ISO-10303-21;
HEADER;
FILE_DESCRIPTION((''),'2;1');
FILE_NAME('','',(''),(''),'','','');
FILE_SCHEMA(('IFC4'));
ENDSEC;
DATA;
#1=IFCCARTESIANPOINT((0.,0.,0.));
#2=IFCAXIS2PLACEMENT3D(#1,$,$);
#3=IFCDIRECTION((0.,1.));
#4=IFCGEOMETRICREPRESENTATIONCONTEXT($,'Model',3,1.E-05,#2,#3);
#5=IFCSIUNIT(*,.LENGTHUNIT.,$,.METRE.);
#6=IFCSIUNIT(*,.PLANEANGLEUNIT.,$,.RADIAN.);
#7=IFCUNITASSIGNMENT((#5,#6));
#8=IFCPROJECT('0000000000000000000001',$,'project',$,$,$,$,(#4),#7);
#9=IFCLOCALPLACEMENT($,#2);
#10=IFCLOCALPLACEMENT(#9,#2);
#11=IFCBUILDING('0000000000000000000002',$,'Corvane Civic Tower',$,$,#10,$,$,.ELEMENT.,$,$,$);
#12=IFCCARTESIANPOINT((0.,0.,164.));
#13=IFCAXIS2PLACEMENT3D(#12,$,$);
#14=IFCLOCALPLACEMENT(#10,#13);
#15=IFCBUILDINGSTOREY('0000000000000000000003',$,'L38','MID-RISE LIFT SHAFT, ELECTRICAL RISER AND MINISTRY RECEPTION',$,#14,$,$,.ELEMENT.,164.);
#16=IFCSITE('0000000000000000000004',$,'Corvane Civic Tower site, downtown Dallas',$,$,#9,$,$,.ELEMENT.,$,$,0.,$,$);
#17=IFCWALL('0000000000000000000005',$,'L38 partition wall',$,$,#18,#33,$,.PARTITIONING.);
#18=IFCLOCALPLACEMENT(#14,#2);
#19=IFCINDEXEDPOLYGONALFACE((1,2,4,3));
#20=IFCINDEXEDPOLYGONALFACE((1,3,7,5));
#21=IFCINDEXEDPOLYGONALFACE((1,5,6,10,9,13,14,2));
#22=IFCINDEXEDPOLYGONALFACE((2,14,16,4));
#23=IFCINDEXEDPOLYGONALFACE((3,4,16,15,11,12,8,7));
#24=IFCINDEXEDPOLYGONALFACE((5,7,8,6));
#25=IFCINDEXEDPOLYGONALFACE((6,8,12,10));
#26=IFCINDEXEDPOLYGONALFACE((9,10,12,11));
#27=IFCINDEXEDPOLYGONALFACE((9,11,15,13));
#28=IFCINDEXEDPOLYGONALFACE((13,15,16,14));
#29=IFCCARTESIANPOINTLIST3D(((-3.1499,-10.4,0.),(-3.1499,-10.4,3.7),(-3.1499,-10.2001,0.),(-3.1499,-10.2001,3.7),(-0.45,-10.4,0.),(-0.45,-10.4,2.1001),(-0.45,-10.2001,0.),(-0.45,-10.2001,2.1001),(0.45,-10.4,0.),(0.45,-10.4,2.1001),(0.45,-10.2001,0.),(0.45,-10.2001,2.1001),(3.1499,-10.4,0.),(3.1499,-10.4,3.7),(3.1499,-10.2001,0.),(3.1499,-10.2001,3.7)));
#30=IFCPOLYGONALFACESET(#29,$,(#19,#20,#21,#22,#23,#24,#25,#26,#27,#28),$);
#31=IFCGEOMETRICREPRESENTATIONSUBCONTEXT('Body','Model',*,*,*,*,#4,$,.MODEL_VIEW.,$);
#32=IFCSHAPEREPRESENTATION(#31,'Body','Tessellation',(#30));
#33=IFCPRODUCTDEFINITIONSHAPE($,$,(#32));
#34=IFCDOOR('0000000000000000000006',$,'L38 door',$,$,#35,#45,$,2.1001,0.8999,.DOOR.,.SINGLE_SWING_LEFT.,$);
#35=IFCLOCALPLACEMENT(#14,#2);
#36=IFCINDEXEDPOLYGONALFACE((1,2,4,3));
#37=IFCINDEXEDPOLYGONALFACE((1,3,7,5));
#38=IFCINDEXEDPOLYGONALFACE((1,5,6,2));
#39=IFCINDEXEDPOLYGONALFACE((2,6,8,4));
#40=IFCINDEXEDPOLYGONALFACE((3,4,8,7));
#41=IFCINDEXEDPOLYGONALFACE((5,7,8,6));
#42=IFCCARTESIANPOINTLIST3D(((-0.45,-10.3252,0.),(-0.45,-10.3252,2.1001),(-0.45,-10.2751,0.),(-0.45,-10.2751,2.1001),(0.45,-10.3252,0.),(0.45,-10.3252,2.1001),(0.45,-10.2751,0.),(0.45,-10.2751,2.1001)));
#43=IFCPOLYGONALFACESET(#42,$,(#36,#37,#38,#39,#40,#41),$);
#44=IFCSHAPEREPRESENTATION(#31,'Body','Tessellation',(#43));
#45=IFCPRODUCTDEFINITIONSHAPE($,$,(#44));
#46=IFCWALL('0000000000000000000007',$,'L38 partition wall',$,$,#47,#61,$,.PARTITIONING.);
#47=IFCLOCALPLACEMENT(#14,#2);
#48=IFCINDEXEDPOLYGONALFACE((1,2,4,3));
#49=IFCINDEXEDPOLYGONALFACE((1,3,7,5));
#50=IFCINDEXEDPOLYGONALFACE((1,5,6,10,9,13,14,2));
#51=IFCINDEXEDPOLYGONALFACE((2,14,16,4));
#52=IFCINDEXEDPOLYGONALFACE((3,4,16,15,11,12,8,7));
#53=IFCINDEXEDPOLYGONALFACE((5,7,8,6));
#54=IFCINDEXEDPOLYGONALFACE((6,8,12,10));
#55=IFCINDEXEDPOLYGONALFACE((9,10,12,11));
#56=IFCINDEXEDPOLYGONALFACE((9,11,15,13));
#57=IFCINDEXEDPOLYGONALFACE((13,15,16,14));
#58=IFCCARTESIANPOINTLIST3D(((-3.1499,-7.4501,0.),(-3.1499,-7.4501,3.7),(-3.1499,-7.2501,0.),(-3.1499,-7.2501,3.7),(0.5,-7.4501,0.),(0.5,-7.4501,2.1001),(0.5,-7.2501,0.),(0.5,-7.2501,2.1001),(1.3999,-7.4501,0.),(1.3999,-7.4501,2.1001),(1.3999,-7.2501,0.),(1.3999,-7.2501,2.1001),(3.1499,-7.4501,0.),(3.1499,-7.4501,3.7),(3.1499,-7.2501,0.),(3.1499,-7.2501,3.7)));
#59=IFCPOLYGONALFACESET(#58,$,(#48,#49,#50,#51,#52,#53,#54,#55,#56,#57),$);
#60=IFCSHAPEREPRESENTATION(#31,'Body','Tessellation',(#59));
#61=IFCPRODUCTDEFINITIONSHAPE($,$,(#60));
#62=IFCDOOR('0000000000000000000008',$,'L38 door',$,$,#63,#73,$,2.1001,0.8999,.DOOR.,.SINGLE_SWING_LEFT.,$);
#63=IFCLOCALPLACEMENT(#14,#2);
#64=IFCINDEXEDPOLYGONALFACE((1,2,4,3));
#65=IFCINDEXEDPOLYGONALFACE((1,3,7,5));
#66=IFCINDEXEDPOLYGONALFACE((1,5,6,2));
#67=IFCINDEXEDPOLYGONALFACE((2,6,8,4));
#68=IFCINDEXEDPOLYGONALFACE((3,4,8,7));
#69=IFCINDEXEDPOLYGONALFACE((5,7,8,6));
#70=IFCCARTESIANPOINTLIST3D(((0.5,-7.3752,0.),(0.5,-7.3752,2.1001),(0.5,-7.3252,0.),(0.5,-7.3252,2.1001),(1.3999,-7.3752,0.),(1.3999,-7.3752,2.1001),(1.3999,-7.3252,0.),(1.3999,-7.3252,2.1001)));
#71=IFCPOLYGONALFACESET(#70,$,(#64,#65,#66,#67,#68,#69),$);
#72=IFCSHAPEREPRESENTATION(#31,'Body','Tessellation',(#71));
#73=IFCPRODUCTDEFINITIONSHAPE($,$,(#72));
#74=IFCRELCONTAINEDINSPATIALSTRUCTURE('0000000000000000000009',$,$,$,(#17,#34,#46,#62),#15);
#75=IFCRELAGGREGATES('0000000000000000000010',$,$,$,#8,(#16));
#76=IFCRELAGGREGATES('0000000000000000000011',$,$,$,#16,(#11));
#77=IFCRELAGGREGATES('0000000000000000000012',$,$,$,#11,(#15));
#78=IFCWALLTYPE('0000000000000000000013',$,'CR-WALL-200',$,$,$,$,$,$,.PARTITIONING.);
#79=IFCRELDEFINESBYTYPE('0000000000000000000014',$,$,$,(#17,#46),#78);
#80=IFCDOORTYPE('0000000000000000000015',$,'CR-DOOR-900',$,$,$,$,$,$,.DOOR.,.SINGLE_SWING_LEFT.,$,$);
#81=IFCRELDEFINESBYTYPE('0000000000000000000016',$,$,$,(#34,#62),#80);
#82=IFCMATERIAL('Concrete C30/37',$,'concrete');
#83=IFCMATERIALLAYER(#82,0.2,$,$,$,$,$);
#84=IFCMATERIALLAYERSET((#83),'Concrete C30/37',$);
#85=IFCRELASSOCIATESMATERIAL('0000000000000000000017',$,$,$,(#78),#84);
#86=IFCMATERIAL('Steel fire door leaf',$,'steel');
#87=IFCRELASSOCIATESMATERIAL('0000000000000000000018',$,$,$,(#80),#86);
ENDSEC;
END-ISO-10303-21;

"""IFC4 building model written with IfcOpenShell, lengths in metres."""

from ifc_helpers import new_model, si_unit, direction, frame, frame_2d, origin, place, context, subcontext, project, spatial, rectangle, extrude, material, layer, layer_set, type_object, element, fill, save


model = new_model("IFC4")

# Units and contexts
model_context = context("Model", 3, precision=1e-05, world=origin(), true_north=direction((0.0, 1.0)))
body_context = subcontext(model_context, "Body", "Model", "MODEL_VIEW")
ifc_project = project(units=[si_unit("LENGTHUNIT", "METRE"), si_unit("PLANEANGLEUNIT", "RADIAN")], contexts=[model_context])

# Site, building, storey
site_placement = place(None, origin())
site = spatial("IfcSite", under=ifc_project, at=site_placement, Name="Corvane Civic Tower site, downtown Dallas", CompositionType="ELEMENT", RefElevation=0.0)
building_placement = place(site_placement, origin())
building = spatial("IfcBuilding", under=site, at=building_placement, Name="Corvane Civic Tower", CompositionType="ELEMENT")
storey_placement = place(building_placement, frame((0.0, 0.0, 164.0)))
storey = spatial("IfcBuildingStorey", under=building, at=storey_placement, Name="L38", Description="MID-RISE LIFT SHAFT, ELECTRICAL RISER AND MINISTRY RECEPTION", CompositionType="ELEMENT", Elevation=164.0)

# Walls, openings, doors
ifc_material_1 = material(Name="Concrete C30/37", Category="concrete")
ifc_layer_1 = layer(ifc_material_1, 0.2)
ifc_layer_set_1 = layer_set([ifc_layer_1], Name="Concrete C30/37")
wall_type_1 = type_object("IfcWallType", Name="CR-WALL-200", PredefinedType="PARTITIONING", material=ifc_layer_set_1)
wall_1_placement = place(storey_placement, frame((-3.1499, -10.3, 0.0), z_axis=(0.0, 0.0, 1.0), x_axis=(1.0, 0.0, 0.0)))
wall_1 = element("IfcWall", 1, at=wall_1_placement, inside=storey, type_object=wall_type_1, Name="L38 partition wall", PredefinedType="PARTITIONING", context=body_context, shape_type="SweptSolid", body=[
    extrude(rectangle(XDim=6.2998, YDim=0.2, at=frame_2d((3.1499, 0.0))), origin(), (0.0, 0.0, 1.0), 3.7),
])
opening_1_placement = place(wall_1_placement, frame((2.7, 0.0, 0.0)))
opening_1 = element("IfcOpeningElement", 2, at=opening_1_placement, cuts=wall_1, PredefinedType="OPENING", context=body_context, shape_type="SweptSolid", body=[
    extrude(rectangle(XDim=0.8999, YDim=2.1001, at=frame_2d((0.45, 1.05))), frame((0.0, 0.1099, 0.0), z_axis=(0.0, -1.0, 0.0), x_axis=(1.0, 0.0, 0.0)), (0.0, 0.0, 1.0), 0.22),
])
ifc_material_2 = material(Name="Steel fire door leaf", Category="steel")
door_type_1 = type_object("IfcDoorType", Name="CR-DOOR-900", OperationType="SINGLE_SWING_LEFT", PredefinedType="DOOR", material=ifc_material_2)
door_1_placement = place(opening_1_placement, origin())
door_1 = element("IfcDoor", 3, at=door_1_placement, inside=storey, type_object=door_type_1, Name="L38 door", OperationType="SINGLE_SWING_LEFT", OverallHeight=2.1001, OverallWidth=0.8999, PredefinedType="DOOR", context=body_context, shape_type="SweptSolid", body=[
    extrude(rectangle(XDim=0.8999, YDim=2.1001, at=frame_2d((0.45, 1.05))), frame((0.0, 0.0249, 0.0), z_axis=(0.0, -1.0, 0.0), x_axis=(1.0, 0.0, 0.0)), (0.0, 0.0, 1.0), 0.05),
])
fill(opening_1, door_1)
wall_2_placement = place(storey_placement, frame((-3.1499, -7.3501, 0.0), z_axis=(0.0, 0.0, 1.0), x_axis=(1.0, 0.0, 0.0)))
wall_2 = element("IfcWall", 4, at=wall_2_placement, inside=storey, type_object=wall_type_1, Name="L38 partition wall", PredefinedType="PARTITIONING", context=body_context, shape_type="SweptSolid", body=[
    extrude(rectangle(XDim=6.2998, YDim=0.2, at=frame_2d((3.1499, 0.0))), origin(), (0.0, 0.0, 1.0), 3.7),
])
opening_2_placement = place(wall_2_placement, frame((3.6499, 0.0, 0.0)))
opening_2 = element("IfcOpeningElement", 5, at=opening_2_placement, cuts=wall_2, PredefinedType="OPENING", context=body_context, shape_type="SweptSolid", body=[
    extrude(rectangle(XDim=0.8999, YDim=2.1001, at=frame_2d((0.45, 1.05))), frame((0.0, 0.1099, 0.0), z_axis=(0.0, -1.0, 0.0), x_axis=(1.0, 0.0, 0.0)), (0.0, 0.0, 1.0), 0.22),
])
door_2_placement = place(opening_2_placement, origin())
door_2 = element("IfcDoor", 6, at=door_2_placement, inside=storey, type_object=door_type_1, Name="L38 door", OperationType="SINGLE_SWING_LEFT", OverallHeight=2.1001, OverallWidth=0.8999, PredefinedType="DOOR", context=body_context, shape_type="SweptSolid", body=[
    extrude(rectangle(XDim=0.8999, YDim=2.1001, at=frame_2d((0.45, 1.05))), frame((0.0, 0.0249, 0.0), z_axis=(0.0, -1.0, 0.0), x_axis=(1.0, 0.0, 0.0)), (0.0, 0.0, 1.0), 0.05),
])
fill(opening_2, door_2)

save(model, "model.ifc")
